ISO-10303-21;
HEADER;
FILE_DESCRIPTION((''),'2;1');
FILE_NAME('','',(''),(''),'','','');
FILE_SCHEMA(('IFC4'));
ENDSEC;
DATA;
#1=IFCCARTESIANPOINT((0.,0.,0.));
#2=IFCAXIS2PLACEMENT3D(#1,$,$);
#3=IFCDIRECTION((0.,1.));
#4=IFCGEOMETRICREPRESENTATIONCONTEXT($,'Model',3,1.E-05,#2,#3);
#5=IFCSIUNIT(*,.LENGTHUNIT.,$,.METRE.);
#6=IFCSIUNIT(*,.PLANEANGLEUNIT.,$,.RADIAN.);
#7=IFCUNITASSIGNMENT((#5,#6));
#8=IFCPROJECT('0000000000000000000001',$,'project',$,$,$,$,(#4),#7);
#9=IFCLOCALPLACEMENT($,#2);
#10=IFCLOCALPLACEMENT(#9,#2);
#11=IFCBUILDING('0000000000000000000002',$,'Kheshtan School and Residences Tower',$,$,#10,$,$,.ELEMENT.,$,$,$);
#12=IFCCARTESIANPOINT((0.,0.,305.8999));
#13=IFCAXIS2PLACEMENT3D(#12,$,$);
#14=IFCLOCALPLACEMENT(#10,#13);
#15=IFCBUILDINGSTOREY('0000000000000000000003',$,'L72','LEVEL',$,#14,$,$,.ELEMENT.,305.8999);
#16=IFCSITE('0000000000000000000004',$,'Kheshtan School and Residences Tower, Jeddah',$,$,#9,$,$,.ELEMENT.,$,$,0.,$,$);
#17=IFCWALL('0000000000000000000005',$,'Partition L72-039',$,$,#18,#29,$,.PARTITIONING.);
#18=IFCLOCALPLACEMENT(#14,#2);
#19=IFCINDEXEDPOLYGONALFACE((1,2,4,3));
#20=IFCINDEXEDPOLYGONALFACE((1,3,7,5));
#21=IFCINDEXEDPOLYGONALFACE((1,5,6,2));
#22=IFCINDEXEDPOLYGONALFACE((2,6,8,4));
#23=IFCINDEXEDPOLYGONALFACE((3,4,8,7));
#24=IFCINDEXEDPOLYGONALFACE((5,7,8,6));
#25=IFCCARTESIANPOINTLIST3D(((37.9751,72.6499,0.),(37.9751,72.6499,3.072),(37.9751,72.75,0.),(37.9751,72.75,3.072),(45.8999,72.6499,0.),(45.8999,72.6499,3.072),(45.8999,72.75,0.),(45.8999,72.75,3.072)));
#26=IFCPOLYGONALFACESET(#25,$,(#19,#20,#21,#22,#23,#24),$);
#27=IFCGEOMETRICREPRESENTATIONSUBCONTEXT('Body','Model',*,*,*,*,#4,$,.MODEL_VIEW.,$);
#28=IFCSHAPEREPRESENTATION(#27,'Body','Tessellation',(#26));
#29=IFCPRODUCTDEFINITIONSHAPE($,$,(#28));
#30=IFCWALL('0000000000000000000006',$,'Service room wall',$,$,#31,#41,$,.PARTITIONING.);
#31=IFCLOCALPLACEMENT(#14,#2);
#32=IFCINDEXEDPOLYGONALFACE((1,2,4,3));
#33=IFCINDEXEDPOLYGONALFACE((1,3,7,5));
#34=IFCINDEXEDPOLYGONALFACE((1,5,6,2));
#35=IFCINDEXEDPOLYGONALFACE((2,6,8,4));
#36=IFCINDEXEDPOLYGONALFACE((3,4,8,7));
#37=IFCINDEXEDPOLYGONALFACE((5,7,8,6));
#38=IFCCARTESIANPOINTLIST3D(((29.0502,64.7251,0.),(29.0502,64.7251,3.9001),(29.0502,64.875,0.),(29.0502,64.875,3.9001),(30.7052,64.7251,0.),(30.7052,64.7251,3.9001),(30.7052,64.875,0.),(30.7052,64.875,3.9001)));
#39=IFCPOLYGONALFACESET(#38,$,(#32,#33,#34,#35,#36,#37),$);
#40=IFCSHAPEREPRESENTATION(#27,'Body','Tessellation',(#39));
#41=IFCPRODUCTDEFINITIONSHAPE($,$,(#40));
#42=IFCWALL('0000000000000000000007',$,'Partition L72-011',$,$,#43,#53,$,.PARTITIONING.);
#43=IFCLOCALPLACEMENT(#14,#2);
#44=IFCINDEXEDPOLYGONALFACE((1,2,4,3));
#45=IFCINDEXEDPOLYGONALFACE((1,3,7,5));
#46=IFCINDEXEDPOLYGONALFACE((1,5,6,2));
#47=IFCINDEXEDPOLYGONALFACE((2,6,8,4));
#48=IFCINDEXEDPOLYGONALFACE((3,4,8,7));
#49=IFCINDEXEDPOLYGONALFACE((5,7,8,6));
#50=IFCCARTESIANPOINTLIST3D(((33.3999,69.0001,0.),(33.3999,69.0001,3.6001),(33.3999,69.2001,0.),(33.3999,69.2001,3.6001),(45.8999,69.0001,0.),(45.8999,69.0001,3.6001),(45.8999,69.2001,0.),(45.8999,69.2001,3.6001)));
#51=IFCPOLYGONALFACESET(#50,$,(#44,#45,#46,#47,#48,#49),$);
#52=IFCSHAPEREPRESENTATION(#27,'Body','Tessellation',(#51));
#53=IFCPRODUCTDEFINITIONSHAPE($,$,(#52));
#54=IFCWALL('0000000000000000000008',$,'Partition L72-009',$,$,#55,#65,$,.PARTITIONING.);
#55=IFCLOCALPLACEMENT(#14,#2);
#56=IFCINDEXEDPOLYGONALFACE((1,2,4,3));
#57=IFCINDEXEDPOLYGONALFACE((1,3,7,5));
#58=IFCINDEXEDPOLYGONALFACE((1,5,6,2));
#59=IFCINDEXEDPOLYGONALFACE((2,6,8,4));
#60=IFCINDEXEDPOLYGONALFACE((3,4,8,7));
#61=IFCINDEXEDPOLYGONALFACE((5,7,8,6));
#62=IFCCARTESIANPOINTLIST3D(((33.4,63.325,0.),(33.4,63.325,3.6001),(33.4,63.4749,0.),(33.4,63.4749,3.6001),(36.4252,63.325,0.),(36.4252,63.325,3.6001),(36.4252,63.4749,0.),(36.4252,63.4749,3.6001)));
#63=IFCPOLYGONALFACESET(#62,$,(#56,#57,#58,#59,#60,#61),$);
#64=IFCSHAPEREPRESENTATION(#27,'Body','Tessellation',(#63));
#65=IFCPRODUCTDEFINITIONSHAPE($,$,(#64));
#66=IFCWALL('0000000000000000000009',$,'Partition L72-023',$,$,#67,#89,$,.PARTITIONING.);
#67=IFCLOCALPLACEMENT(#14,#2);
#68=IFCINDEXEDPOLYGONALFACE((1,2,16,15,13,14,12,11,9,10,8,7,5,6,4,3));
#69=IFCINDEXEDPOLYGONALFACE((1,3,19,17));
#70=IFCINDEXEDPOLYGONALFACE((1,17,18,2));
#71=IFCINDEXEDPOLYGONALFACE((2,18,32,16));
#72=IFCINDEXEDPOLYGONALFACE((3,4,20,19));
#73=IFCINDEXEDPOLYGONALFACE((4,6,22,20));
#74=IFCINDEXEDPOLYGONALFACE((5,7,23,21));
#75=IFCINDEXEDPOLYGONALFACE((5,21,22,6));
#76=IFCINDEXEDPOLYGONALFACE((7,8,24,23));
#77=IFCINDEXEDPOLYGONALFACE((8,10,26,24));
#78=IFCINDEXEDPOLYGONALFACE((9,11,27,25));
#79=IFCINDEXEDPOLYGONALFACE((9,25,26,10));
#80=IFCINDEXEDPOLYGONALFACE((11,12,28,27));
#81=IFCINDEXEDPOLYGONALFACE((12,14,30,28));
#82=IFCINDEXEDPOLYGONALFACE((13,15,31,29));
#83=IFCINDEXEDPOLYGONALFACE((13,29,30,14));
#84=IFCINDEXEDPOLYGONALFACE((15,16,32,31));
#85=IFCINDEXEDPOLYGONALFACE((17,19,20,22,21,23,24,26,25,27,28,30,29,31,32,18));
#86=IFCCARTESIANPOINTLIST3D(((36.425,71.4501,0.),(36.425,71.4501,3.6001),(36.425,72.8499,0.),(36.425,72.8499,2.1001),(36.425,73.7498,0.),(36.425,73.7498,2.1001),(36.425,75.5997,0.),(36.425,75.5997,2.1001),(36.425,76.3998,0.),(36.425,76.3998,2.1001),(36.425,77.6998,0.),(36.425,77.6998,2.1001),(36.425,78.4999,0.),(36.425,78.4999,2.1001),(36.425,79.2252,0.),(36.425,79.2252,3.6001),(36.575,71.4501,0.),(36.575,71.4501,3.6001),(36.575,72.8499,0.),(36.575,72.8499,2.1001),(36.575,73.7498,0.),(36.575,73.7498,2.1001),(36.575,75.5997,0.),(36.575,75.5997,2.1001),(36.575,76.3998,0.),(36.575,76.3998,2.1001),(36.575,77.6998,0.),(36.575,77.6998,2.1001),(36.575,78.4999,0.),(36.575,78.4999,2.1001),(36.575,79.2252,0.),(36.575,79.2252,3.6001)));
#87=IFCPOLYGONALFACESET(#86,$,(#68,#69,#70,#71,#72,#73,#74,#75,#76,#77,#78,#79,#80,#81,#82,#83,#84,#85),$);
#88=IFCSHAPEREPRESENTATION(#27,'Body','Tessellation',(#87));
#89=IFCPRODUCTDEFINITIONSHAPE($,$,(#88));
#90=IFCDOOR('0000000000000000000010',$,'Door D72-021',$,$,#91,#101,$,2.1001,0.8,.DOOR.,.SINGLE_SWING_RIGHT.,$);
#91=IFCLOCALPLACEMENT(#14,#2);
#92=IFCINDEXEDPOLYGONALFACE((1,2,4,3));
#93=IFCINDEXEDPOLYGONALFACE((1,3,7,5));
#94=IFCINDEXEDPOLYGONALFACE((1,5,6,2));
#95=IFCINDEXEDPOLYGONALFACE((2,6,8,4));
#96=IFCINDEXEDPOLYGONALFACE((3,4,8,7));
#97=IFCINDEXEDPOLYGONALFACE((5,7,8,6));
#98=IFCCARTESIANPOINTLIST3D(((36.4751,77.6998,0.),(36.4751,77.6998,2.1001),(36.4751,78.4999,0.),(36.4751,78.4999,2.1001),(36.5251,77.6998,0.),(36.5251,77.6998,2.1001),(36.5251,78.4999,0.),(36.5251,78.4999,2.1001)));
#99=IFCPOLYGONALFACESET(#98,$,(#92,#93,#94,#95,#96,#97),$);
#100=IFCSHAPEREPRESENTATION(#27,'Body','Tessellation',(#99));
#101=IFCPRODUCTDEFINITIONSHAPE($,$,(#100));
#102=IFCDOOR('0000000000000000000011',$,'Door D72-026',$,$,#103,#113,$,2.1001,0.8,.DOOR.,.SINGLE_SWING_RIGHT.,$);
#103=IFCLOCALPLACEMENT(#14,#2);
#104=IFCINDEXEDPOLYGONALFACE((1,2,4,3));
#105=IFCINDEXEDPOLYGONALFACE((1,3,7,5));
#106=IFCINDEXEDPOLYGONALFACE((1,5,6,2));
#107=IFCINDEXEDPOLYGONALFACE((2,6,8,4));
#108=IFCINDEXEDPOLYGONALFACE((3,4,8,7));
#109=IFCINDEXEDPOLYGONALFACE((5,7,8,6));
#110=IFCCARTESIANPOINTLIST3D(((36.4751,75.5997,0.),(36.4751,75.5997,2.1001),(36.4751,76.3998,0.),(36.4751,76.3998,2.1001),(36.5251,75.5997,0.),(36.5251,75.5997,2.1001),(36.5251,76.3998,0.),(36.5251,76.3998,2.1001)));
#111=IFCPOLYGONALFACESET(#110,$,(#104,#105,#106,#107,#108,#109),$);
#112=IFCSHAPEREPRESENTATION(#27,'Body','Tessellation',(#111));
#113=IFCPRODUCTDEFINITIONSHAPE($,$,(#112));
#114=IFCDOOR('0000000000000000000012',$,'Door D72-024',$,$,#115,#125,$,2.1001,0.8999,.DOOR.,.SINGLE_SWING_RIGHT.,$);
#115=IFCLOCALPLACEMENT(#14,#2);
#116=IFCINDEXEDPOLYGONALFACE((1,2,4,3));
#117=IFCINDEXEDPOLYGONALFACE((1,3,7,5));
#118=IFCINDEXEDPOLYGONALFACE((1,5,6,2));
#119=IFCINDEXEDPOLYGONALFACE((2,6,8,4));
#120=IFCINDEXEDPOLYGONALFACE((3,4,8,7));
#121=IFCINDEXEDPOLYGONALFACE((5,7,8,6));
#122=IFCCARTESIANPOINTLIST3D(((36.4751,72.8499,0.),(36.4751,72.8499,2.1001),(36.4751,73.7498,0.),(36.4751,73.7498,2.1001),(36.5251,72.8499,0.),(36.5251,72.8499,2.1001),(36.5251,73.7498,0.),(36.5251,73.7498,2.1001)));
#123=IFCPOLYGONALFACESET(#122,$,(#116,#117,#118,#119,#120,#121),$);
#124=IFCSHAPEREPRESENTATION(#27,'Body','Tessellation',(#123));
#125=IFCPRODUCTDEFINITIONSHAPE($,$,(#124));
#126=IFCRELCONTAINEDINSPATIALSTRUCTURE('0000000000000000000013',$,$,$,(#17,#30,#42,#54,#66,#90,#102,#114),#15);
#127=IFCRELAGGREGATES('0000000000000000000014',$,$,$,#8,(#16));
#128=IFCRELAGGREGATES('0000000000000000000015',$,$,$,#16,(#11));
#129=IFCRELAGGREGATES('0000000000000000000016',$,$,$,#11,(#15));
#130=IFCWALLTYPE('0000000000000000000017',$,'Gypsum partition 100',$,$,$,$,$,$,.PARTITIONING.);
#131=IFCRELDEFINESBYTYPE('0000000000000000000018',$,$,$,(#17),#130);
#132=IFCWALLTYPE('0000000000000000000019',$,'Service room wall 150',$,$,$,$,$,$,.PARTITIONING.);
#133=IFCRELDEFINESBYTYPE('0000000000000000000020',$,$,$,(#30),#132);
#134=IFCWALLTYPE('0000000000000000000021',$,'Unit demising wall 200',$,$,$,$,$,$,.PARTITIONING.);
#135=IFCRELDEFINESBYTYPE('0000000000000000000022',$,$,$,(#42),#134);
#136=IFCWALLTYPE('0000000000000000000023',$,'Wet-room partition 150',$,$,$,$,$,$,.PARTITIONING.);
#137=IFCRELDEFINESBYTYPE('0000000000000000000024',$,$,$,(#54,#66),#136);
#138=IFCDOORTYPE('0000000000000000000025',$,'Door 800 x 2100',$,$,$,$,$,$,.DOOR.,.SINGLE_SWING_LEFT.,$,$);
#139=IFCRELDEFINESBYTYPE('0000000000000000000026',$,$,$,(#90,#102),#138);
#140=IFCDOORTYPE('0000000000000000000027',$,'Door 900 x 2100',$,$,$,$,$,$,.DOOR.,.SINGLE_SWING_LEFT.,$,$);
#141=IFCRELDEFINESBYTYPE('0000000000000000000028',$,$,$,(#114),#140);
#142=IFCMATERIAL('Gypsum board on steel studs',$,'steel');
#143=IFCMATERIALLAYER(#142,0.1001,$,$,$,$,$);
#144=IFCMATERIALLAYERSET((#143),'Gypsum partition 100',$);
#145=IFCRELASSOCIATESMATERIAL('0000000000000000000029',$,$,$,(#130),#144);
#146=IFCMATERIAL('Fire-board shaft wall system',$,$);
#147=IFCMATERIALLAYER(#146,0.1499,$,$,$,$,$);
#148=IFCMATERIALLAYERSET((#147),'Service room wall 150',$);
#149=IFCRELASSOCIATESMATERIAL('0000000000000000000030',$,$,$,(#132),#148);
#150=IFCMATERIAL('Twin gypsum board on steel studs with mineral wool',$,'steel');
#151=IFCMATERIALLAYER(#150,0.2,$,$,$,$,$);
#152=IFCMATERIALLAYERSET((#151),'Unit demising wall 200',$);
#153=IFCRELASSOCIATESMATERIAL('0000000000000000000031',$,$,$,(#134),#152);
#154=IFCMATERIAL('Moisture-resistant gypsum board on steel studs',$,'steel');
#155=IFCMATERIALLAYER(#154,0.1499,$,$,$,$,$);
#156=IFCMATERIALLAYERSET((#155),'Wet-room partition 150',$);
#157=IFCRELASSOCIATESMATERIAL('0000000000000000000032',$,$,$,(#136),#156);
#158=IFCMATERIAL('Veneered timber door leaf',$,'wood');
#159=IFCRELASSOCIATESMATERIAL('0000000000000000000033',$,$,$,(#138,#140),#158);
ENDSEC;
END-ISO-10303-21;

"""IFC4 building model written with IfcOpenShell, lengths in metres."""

from ifc_helpers import new_model, si_unit, direction, frame, frame_2d, origin, place, context, subcontext, project, spatial, rectangle, extrude, source, transform, mapped, material, layer, layer_set, type_object, element, fill, save


model = new_model("IFC4")

# Units and contexts
model_context = context("Model", 3, precision=1e-05, world=origin(), true_north=direction((0.0, 1.0)))
body_context = subcontext(model_context, "Body", "Model", "MODEL_VIEW")
ifc_project = project(units=[si_unit("LENGTHUNIT", "METRE"), si_unit("PLANEANGLEUNIT", "RADIAN")], contexts=[model_context])

# Site, building, storey
site_placement = place(None, origin())
site = spatial("IfcSite", under=ifc_project, at=site_placement, Name="Kheshtan School and Residences Tower, Jeddah", CompositionType="ELEMENT", RefElevation=0.0)
building_placement = place(site_placement, origin())
building = spatial("IfcBuilding", under=site, at=building_placement, Name="Kheshtan School and Residences Tower", CompositionType="ELEMENT")
storey_placement = place(building_placement, frame((0.0, 0.0, 305.8999)))
storey = spatial("IfcBuildingStorey", under=building, at=storey_placement, Name="L72", Description="LEVEL", CompositionType="ELEMENT", Elevation=305.8999)

# Walls
ifc_material_1 = material(Name="Gypsum board on steel studs", Category="steel")
ifc_layer_1 = layer(ifc_material_1, 0.1001)
ifc_layer_set_1 = layer_set([ifc_layer_1], Name="Gypsum partition 100")
wall_type_1 = type_object("IfcWallType", Name="Gypsum partition 100", PredefinedType="PARTITIONING", material=ifc_layer_set_1)
wall_1_placement = place(storey_placement, frame((37.9751, 72.7, 0.0), z_axis=(0.0, 0.0, 1.0), x_axis=(1.0, 0.0, 0.0)))
element("IfcWall", 1, at=wall_1_placement, inside=storey, type_object=wall_type_1, Name="Partition L72-039", PredefinedType="PARTITIONING", context=body_context, shape_type="SweptSolid", body=[
    extrude(rectangle(XDim=7.9248, YDim=0.1001, at=frame_2d((3.9624, 0.0))), origin(), (0.0, 0.0, 1.0), 3.072),
])
ifc_material_2 = material(Name="Fire-board shaft wall system")
ifc_layer_2 = layer(ifc_material_2, 0.1499)
ifc_layer_set_2 = layer_set([ifc_layer_2], Name="Service room wall 150")
wall_type_2 = type_object("IfcWallType", Name="Service room wall 150", PredefinedType="PARTITIONING", material=ifc_layer_set_2)
wall_2_placement = place(storey_placement, frame((29.05, 64.8, 0.0), z_axis=(0.0, 0.0, 1.0), x_axis=(1.0, 0.0, 0.0)))
element("IfcWall", 2, at=wall_2_placement, inside=storey, type_object=wall_type_2, Name="Service room wall", PredefinedType="PARTITIONING", context=body_context, shape_type="SweptSolid", body=[
    extrude(rectangle(XDim=1.655, YDim=0.1499, at=frame_2d((0.8276, 0.0))), origin(), (0.0, 0.0, 1.0), 3.9001),
])
ifc_material_3 = material(Name="Twin gypsum board on steel studs with mineral wool", Category="steel")
ifc_layer_3 = layer(ifc_material_3, 0.2)
ifc_layer_set_3 = layer_set([ifc_layer_3], Name="Unit demising wall 200")
wall_type_3 = type_object("IfcWallType", Name="Unit demising wall 200", PredefinedType="PARTITIONING", material=ifc_layer_set_3)
wall_3_placement = place(storey_placement, frame((33.3999, 69.1001, 0.0), z_axis=(0.0, 0.0, 1.0), x_axis=(1.0, 0.0, 0.0)))
element("IfcWall", 3, at=wall_3_placement, inside=storey, type_object=wall_type_3, Name="Partition L72-011", PredefinedType="PARTITIONING", context=body_context, shape_type="SweptSolid", body=[
    extrude(rectangle(XDim=12.5, YDim=0.2, at=frame_2d((6.25, 0.0))), origin(), (0.0, 0.0, 1.0), 3.6001),
])
ifc_material_4 = material(Name="Moisture-resistant gypsum board on steel studs", Category="steel")
ifc_layer_4 = layer(ifc_material_4, 0.1499)
ifc_layer_set_4 = layer_set([ifc_layer_4], Name="Wet-room partition 150")
wall_type_4 = type_object("IfcWallType", Name="Wet-room partition 150", PredefinedType="PARTITIONING", material=ifc_layer_set_4)
wall_4_placement = place(storey_placement, frame((33.3999, 63.3999, 0.0), z_axis=(0.0, 0.0, 1.0), x_axis=(1.0, 0.0, 0.0)))
element("IfcWall", 4, at=wall_4_placement, inside=storey, type_object=wall_type_4, Name="Partition L72-009", PredefinedType="PARTITIONING", context=body_context, shape_type="SweptSolid", body=[
    extrude(rectangle(XDim=3.0251, YDim=0.1499, at=frame_2d((1.5127, 0.0))), origin(), (0.0, 0.0, 1.0), 3.6001),
])

# Wall, openings, doors
wall_5_placement = place(storey_placement, frame((36.5, 71.45, 0.0), z_axis=(0.0, 0.0, 1.0), x_axis=(0.0, 1.0, 0.0)))
wall_5 = element("IfcWall", 5, at=wall_5_placement, inside=storey, type_object=wall_type_4, Name="Partition L72-023", PredefinedType="PARTITIONING", context=body_context, shape_type="SweptSolid", body=[
    extrude(rectangle(XDim=7.7751, YDim=0.1499, at=frame_2d((3.8877, 0.0))), origin(), (0.0, 0.0, 1.0), 3.6001),
])
opening_1_placement = place(wall_5_placement, frame((6.25, 0.0, 0.0)))
opening_1 = element("IfcOpeningElement", 6, at=opening_1_placement, cuts=wall_5, PredefinedType="OPENING", context=body_context, shape_type="SweptSolid", body=[
    extrude(rectangle(XDim=0.8, YDim=2.1001, at=frame_2d((0.3999, 1.05))), frame((0.0, 0.085, 0.0), z_axis=(0.0, -1.0, 0.0), x_axis=(1.0, 0.0, 0.0)), (0.0, 0.0, 1.0), 0.1699),
])
opening_2_placement = place(wall_5_placement, frame((1.3999, 0.0, 0.0)))
opening_2 = element("IfcOpeningElement", 7, at=opening_2_placement, cuts=wall_5, PredefinedType="OPENING", context=body_context, shape_type="SweptSolid", body=[
    extrude(rectangle(XDim=0.8999, YDim=2.1001, at=frame_2d((0.45, 1.05))), frame((0.0, 0.085, 0.0), z_axis=(0.0, -1.0, 0.0), x_axis=(1.0, 0.0, 0.0)), (0.0, 0.0, 1.0), 0.1699),
])
opening_3_placement = place(wall_5_placement, frame((4.1499, 0.0, 0.0)))
opening_3 = element("IfcOpeningElement", 8, at=opening_3_placement, cuts=wall_5, PredefinedType="OPENING", context=body_context, shape_type="SweptSolid", body=[
    extrude(rectangle(XDim=0.8, YDim=2.1001, at=frame_2d((0.3999, 1.05))), frame((0.0, 0.085, 0.0), z_axis=(0.0, -1.0, 0.0), x_axis=(1.0, 0.0, 0.0)), (0.0, 0.0, 1.0), 0.1699),
])
ifc_material_5 = material(Name="Veneered timber door leaf", Category="wood")
door_type_1 = type_object("IfcDoorType", Name="Door 800 x 2100", OperationType="SINGLE_SWING_LEFT", PredefinedType="DOOR", material=ifc_material_5)
shared_shape_1 = source(origin(), body_context, "Body", "SweptSolid", [
    extrude(rectangle(XDim=0.8, YDim=2.1001, at=frame_2d((0.3999, 1.05))), frame((0.0, 0.0249, 0.0), z_axis=(0.0, -1.0, 0.0), x_axis=(1.0, 0.0, 0.0)), (0.0, 0.0, 1.0), 0.05),
])
door_1_placement = place(opening_1_placement, origin())
door_1 = element("IfcDoor", 9, at=door_1_placement, inside=storey, type_object=door_type_1, Name="Door D72-021", OperationType="SINGLE_SWING_RIGHT", OverallHeight=2.1001, OverallWidth=0.8, PredefinedType="DOOR", context=body_context, shape_type="MappedRepresentation", body=[
    mapped(shared_shape_1, transform((0.0, 0.0, 0.0), x_axis=(1.0, 0.0, 0.0), y_axis=(0.0, 1.0, 0.0), z_axis=(0.0, 0.0, 1.0), scale=1.0)),
])
fill(opening_1, door_1)
door_2_placement = place(opening_3_placement, origin())
door_2 = element("IfcDoor", 10, at=door_2_placement, inside=storey, type_object=door_type_1, Name="Door D72-026", OperationType="SINGLE_SWING_RIGHT", OverallHeight=2.1001, OverallWidth=0.8, PredefinedType="DOOR", context=body_context, shape_type="MappedRepresentation", body=[
    mapped(shared_shape_1, transform((0.0, 0.0, 0.0), x_axis=(1.0, 0.0, 0.0), y_axis=(0.0, 1.0, 0.0), z_axis=(0.0, 0.0, 1.0), scale=1.0)),
])
fill(opening_3, door_2)
door_type_2 = type_object("IfcDoorType", Name="Door 900 x 2100", OperationType="SINGLE_SWING_LEFT", PredefinedType="DOOR", material=ifc_material_5)
shared_shape_2 = source(origin(), body_context, "Body", "SweptSolid", [
    extrude(rectangle(XDim=0.8999, YDim=2.1001, at=frame_2d((0.45, 1.05))), frame((0.0, 0.0249, 0.0), z_axis=(0.0, -1.0, 0.0), x_axis=(1.0, 0.0, 0.0)), (0.0, 0.0, 1.0), 0.05),
])
door_3_placement = place(opening_2_placement, origin())
door_3 = element("IfcDoor", 11, at=door_3_placement, inside=storey, type_object=door_type_2, Name="Door D72-024", OperationType="SINGLE_SWING_RIGHT", OverallHeight=2.1001, OverallWidth=0.8999, PredefinedType="DOOR", context=body_context, shape_type="MappedRepresentation", body=[
    mapped(shared_shape_2, transform((0.0, 0.0, 0.0), x_axis=(1.0, 0.0, 0.0), y_axis=(0.0, 1.0, 0.0), z_axis=(0.0, 0.0, 1.0), scale=1.0)),
])
fill(opening_2, door_3)

save(model, "model.ifc")
